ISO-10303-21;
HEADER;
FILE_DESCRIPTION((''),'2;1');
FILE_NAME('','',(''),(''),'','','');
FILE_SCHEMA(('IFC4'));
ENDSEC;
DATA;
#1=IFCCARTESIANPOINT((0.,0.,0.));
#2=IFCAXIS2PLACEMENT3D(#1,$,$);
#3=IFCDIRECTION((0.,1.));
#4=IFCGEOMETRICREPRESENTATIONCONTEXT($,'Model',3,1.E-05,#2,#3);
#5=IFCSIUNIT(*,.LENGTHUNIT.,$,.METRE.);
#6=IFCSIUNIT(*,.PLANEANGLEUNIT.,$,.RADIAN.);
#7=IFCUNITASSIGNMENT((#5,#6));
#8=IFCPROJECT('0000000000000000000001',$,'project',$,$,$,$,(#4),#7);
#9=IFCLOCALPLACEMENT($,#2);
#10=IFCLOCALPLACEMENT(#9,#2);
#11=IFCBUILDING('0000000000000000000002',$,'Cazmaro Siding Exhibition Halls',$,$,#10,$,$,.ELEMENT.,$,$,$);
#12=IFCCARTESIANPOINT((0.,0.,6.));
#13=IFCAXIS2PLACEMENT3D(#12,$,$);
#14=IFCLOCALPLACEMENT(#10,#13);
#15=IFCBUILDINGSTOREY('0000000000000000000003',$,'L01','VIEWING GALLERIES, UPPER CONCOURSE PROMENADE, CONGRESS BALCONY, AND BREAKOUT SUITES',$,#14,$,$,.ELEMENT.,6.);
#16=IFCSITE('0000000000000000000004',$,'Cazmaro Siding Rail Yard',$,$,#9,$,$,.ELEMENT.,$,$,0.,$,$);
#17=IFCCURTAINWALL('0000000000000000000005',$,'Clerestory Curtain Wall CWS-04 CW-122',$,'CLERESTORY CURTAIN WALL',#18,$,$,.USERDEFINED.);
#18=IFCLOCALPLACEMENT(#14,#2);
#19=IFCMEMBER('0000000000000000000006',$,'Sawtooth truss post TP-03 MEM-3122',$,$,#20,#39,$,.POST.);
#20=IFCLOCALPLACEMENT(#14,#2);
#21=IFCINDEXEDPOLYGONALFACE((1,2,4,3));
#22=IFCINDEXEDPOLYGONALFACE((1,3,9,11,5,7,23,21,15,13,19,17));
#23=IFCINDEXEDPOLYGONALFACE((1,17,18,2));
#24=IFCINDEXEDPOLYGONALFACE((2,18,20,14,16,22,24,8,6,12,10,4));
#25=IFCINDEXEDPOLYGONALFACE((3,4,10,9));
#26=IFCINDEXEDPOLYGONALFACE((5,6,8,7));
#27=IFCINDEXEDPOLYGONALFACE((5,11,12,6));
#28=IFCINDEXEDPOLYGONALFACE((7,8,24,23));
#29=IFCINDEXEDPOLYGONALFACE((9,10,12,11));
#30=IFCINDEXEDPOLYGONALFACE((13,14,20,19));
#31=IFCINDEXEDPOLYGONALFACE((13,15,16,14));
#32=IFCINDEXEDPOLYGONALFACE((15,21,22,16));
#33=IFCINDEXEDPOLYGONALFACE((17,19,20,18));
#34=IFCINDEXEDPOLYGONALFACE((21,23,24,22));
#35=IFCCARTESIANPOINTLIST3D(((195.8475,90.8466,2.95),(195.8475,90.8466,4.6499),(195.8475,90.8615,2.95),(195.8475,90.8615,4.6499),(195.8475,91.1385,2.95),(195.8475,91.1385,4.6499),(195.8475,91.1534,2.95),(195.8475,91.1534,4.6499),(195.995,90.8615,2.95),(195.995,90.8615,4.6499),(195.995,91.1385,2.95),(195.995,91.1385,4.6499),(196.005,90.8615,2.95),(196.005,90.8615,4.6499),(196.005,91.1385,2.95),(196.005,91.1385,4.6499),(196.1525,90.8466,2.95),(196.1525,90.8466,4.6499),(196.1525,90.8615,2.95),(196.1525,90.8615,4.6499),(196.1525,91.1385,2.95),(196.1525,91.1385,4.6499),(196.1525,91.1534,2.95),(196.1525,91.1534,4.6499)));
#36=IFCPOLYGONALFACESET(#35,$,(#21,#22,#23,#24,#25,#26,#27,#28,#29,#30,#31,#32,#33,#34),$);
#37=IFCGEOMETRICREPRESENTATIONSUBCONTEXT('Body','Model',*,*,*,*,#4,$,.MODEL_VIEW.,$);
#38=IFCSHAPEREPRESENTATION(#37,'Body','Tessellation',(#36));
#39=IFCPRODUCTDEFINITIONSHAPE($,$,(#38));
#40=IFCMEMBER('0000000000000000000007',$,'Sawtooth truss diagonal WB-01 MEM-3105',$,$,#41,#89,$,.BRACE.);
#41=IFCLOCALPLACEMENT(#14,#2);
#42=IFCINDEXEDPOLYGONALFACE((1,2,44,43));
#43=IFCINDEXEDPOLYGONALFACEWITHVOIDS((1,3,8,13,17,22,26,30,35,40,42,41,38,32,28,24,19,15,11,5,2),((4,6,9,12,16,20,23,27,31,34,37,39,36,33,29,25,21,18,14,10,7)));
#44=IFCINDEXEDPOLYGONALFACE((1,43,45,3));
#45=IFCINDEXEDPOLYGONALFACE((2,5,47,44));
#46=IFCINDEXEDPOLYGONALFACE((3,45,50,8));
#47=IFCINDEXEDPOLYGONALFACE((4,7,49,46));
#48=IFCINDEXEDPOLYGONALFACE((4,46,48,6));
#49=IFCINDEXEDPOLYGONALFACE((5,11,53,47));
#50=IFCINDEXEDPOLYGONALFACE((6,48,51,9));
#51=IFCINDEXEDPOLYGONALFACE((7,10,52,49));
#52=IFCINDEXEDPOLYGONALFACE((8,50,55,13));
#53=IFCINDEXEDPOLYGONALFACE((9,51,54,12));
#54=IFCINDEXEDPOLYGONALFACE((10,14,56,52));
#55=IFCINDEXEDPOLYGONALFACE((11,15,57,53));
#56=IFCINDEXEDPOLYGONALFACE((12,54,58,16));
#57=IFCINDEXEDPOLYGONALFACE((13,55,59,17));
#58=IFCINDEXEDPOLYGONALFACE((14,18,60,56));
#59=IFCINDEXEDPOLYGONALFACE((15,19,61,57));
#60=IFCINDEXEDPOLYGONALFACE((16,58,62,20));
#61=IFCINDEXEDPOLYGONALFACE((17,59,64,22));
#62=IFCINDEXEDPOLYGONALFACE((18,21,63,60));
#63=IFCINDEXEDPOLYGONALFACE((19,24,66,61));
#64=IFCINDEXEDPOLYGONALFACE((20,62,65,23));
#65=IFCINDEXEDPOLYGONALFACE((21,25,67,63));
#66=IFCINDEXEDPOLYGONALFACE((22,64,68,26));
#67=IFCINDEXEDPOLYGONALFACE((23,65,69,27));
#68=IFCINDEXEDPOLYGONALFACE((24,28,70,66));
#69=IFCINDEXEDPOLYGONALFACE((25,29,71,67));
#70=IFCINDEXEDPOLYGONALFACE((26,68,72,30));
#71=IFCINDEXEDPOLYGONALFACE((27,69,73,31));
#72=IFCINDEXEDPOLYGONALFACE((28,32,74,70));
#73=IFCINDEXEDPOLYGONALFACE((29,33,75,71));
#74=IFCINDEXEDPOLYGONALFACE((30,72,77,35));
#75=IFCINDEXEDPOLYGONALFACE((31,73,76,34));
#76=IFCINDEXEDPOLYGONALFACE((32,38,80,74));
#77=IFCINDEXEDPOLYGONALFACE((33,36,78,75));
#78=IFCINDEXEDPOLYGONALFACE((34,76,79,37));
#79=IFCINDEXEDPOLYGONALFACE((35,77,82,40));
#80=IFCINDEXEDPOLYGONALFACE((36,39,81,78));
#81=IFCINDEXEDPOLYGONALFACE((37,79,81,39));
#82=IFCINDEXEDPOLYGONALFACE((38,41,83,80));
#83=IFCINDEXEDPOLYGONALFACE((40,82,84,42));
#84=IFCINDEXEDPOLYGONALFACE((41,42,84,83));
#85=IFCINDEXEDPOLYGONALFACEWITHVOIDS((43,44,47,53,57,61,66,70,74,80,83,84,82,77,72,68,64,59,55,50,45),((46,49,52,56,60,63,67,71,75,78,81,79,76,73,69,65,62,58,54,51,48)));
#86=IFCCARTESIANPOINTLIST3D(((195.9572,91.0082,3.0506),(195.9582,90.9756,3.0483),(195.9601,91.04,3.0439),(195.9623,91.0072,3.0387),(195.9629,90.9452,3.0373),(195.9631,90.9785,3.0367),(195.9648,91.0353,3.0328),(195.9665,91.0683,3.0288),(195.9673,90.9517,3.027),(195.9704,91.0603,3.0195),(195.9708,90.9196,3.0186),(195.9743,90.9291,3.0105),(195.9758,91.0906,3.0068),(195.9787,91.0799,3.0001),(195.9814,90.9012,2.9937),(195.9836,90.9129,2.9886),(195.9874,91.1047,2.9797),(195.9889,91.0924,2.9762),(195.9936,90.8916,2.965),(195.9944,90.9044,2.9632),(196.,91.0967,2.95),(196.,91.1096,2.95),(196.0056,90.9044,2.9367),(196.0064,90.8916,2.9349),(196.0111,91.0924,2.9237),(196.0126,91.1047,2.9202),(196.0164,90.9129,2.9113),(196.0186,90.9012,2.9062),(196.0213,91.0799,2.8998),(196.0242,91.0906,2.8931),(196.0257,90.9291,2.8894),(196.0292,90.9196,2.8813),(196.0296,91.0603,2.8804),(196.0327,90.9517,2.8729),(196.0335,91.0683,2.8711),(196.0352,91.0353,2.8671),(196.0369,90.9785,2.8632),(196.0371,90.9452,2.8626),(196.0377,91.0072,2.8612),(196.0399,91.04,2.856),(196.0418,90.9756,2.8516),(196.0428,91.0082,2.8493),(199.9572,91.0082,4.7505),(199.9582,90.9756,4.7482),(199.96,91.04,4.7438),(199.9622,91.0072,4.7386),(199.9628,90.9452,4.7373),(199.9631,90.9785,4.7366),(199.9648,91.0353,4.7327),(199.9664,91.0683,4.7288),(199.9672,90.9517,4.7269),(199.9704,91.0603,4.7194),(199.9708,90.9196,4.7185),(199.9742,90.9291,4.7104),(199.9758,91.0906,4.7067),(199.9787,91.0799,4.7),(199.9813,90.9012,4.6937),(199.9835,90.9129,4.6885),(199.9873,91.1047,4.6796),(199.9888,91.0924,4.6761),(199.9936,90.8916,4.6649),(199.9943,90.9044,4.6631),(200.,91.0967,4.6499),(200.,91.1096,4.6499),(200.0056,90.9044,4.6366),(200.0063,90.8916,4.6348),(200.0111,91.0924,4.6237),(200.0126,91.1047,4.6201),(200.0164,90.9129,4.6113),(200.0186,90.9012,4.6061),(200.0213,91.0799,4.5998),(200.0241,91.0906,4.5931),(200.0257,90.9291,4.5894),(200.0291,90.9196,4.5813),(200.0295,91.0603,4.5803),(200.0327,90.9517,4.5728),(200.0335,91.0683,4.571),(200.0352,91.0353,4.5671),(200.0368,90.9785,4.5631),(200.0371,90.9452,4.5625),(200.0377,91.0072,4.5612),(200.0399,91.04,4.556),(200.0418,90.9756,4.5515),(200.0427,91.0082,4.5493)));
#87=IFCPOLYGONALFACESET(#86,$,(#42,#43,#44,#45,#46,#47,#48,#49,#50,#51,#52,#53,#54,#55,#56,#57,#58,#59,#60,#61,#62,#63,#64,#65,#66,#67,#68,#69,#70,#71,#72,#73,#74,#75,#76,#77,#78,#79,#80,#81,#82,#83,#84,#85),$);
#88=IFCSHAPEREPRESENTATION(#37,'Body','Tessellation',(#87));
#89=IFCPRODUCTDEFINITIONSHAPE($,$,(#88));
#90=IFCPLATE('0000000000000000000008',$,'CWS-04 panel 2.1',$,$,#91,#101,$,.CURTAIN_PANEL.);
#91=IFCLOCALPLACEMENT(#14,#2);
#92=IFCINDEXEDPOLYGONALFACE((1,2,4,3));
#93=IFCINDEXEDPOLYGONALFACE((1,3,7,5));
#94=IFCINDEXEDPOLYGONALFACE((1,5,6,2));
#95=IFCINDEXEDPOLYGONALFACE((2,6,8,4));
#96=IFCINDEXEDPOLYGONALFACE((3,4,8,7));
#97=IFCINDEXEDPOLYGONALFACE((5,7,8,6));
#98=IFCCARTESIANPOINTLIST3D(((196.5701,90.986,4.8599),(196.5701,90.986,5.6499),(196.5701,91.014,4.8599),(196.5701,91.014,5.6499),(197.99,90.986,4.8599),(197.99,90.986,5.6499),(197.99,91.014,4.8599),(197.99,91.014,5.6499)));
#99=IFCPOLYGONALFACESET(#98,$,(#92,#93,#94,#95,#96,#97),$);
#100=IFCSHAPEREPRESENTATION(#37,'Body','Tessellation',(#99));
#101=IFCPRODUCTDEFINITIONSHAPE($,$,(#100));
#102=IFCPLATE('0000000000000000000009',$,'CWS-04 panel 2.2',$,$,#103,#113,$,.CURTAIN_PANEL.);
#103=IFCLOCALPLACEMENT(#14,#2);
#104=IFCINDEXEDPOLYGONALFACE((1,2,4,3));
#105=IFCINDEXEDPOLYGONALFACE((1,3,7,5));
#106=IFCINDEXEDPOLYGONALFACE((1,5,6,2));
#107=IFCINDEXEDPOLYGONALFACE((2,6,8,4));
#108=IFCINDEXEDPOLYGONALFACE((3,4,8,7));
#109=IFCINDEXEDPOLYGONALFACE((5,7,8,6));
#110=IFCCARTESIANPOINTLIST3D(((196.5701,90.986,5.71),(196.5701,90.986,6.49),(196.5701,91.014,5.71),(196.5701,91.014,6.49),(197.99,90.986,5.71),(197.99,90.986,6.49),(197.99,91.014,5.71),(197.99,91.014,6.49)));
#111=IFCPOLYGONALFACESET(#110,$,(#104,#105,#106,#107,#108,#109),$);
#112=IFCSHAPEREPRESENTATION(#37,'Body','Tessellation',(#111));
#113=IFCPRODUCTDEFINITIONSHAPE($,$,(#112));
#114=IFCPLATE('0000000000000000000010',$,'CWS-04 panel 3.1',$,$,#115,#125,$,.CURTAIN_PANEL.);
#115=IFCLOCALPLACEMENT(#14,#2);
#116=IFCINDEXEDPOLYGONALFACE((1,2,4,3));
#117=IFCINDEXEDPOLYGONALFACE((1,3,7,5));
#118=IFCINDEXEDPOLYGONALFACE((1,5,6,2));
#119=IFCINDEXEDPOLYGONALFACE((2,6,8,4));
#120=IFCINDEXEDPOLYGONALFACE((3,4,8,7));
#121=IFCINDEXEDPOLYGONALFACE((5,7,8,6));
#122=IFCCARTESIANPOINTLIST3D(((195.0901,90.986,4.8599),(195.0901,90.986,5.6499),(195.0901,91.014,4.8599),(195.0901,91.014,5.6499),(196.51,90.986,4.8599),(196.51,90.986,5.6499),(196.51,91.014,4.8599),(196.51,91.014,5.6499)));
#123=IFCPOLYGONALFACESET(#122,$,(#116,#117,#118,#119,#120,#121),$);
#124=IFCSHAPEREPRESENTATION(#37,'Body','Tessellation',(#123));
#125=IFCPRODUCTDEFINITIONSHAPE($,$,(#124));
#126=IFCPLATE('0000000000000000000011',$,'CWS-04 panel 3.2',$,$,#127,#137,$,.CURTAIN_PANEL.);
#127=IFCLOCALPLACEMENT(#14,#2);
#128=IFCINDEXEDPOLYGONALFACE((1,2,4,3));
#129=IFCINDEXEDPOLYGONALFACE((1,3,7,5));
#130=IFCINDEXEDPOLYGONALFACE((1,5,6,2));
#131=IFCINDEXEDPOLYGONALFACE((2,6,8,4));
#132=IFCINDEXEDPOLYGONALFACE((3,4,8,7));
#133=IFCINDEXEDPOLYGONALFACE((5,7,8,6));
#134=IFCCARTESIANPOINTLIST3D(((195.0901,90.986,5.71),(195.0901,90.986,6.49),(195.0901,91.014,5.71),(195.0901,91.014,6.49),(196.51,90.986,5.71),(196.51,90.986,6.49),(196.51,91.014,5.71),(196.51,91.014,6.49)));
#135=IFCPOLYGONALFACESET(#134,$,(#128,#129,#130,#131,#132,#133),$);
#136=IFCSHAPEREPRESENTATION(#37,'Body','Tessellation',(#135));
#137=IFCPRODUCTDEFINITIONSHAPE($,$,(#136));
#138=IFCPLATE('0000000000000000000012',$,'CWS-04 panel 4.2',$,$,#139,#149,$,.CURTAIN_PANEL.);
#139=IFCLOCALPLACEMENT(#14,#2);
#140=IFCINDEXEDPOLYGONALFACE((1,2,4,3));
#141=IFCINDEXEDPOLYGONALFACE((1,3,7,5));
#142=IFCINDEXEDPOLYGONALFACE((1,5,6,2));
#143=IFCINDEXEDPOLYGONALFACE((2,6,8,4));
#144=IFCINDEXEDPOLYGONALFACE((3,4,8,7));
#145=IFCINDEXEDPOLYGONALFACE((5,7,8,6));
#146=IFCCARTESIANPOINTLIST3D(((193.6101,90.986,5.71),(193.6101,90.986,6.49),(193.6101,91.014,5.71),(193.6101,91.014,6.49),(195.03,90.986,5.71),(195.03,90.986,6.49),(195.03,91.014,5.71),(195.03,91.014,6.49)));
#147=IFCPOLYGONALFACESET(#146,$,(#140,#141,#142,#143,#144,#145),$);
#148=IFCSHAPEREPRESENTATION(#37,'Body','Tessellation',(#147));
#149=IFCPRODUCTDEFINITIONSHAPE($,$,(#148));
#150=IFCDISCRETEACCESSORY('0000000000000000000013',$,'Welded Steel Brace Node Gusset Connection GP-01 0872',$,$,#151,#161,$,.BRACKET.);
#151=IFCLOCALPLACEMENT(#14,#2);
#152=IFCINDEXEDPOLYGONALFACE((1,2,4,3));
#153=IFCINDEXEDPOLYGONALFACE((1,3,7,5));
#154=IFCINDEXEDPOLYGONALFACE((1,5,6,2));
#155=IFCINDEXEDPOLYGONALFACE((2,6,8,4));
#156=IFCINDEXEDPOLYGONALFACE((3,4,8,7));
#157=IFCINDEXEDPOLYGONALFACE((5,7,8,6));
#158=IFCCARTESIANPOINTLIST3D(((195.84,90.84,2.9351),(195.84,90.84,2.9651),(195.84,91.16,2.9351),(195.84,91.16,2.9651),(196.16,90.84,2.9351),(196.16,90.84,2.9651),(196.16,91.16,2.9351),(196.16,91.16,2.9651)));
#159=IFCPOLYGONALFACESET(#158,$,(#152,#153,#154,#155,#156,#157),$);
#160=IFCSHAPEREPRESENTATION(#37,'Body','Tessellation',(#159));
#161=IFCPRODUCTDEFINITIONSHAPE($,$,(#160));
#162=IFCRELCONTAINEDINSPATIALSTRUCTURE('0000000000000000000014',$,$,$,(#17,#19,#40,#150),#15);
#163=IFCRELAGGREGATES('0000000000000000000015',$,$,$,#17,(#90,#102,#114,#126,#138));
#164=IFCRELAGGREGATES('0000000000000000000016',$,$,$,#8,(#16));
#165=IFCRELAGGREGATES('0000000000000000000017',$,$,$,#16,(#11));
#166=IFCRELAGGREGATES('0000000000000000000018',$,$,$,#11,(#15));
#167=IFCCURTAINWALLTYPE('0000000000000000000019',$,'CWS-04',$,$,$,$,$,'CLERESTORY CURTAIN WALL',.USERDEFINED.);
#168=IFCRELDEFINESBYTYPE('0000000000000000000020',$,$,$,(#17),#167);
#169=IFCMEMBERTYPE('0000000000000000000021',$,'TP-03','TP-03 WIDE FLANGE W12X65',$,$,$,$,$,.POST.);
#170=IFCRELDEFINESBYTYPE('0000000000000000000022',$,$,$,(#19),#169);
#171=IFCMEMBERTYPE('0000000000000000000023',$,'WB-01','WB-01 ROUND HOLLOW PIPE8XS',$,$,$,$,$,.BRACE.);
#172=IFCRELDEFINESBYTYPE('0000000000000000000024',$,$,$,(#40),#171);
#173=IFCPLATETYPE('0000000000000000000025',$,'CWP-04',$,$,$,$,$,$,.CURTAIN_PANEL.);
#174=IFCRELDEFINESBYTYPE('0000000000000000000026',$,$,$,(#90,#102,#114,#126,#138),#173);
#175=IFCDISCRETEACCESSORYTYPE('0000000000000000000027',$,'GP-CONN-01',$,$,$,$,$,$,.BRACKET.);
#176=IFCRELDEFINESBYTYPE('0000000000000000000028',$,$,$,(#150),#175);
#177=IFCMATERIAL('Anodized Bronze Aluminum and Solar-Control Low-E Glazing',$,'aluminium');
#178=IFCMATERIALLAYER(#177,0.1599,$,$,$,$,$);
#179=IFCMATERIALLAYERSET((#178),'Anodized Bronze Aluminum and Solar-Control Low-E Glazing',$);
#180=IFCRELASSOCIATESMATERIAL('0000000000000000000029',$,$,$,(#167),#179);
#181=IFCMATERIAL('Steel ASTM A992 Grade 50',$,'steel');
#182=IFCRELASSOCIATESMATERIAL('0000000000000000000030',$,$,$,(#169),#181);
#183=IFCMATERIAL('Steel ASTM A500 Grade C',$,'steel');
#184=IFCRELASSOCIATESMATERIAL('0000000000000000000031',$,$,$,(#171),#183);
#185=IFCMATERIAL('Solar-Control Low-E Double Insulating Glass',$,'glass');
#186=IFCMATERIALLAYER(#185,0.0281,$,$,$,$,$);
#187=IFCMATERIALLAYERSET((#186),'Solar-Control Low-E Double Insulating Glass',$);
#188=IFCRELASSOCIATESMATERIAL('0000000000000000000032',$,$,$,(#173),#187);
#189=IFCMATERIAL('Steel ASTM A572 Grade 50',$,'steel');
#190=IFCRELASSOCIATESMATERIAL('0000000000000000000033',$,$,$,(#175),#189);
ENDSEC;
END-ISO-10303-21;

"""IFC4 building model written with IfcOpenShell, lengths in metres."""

from ifc_helpers import new_model, si_unit, direction, frame, origin, origin_2d, place, context, subcontext, project, spatial, rectangle, hollow_circle, i_section, extrude, material, layer, layer_set, material_profile, profile_set, type_object, element, aggregate, save


model = new_model("IFC4")

# Units and contexts
model_context = context("Model", 3, precision=1e-05, world=origin(), true_north=direction((0.0, 1.0)))
body_context = subcontext(model_context, "Body", "Model", "MODEL_VIEW")
ifc_project = project(units=[si_unit("LENGTHUNIT", "METRE"), si_unit("PLANEANGLEUNIT", "RADIAN")], contexts=[model_context])

# Site, building, storey
site_placement = place(None, origin())
site = spatial("IfcSite", under=ifc_project, at=site_placement, Name="Cazmaro Siding Rail Yard", CompositionType="ELEMENT", RefElevation=0.0)
building_placement = place(site_placement, origin())
building = spatial("IfcBuilding", under=site, at=building_placement, Name="Cazmaro Siding Exhibition Halls", CompositionType="ELEMENT")
storey_placement = place(building_placement, frame((0.0, 0.0, 6.0)))
storey = spatial("IfcBuildingStorey", under=building, at=storey_placement, Name="L01", Description="VIEWING GALLERIES, UPPER CONCOURSE PROMENADE, CONGRESS BALCONY, AND BREAKOUT SUITES", CompositionType="ELEMENT", Elevation=6.0)

# Curtain wall
ifc_material_1 = material(Name="Anodized Bronze Aluminum and Solar-Control Low-E Glazing", Category="aluminium")
ifc_layer_1 = layer(ifc_material_1, 0.1599)
ifc_layer_set_1 = layer_set([ifc_layer_1], Name="Anodized Bronze Aluminum and Solar-Control Low-E Glazing")
curtain_wall_type = type_object("IfcCurtainWallType", Name="CWS-04", ElementType="CLERESTORY CURTAIN WALL", PredefinedType="USERDEFINED", material=ifc_layer_set_1)
curtain_wall_placement = place(storey_placement, origin())
curtain_wall = element("IfcCurtainWall", 1, at=curtain_wall_placement, inside=storey, type_object=curtain_wall_type, Name="Clerestory Curtain Wall CWS-04 CW-122", ObjectType="CLERESTORY CURTAIN WALL", PredefinedType="USERDEFINED")

# Members
ifc_material_2 = material(Name="Steel ASTM A992 Grade 50", Category="steel")
ifc_material_profile_1 = material_profile(ifc_material_2, i_section(OverallWidth=0.3049, OverallDepth=0.3069, WebThickness=0.01, FlangeThickness=0.0149, at=origin_2d()), Name="W12X65")
ifc_profile_set_1 = profile_set([ifc_material_profile_1], Name="Steel ASTM A992 Grade 50")
member_type_1 = type_object("IfcMemberType", Name="TP-03", Description="TP-03 WIDE FLANGE W12X65", PredefinedType="POST", material=ifc_profile_set_1)
member_1_placement = place(storey_placement, frame((196.0, 91.0, 2.95), z_axis=(0.0, 0.0, 1.0), x_axis=(1.0, 0.0, 0.0)))
element("IfcMember", 2, at=member_1_placement, inside=storey, type_object=member_type_1, Name="Sawtooth truss post TP-03 MEM-3122", PredefinedType="POST", context=body_context, shape_type="SweptSolid", body=[
    extrude(i_section(OverallWidth=0.3049, OverallDepth=0.3069, WebThickness=0.01, FlangeThickness=0.0149, at=origin_2d()), origin(), (0.0, 0.0, 1.0), 1.7),
])
ifc_material_3 = material(Name="Steel ASTM A500 Grade C", Category="steel")
ifc_material_profile_2 = material_profile(ifc_material_3, hollow_circle(Radius=0.1096, WallThickness=0.0129, at=origin_2d()), Name="PIPE8XS")
ifc_profile_set_2 = profile_set([ifc_material_profile_2], Name="Steel ASTM A500 Grade C")
member_type_2 = type_object("IfcMemberType", Name="WB-01", Description="WB-01 ROUND HOLLOW PIPE8XS", PredefinedType="BRACE", material=ifc_profile_set_2)
member_2_placement = place(storey_placement, frame((196.0, 91.0, 2.95), z_axis=(0.920335, 0.0, 0.391131), x_axis=(0.0, 1.0, 0.0)))
element("IfcMember", 3, at=member_2_placement, inside=storey, type_object=member_type_2, Name="Sawtooth truss diagonal WB-01 MEM-3105", PredefinedType="BRACE", context=body_context, shape_type="SweptSolid", body=[
    extrude(hollow_circle(Radius=0.1096, WallThickness=0.0129, at=origin_2d()), origin(), (0.0, 0.0, 1.0), 4.3462),
])

# Plates
ifc_material_4 = material(Name="Solar-Control Low-E Double Insulating Glass", Category="glass")
ifc_layer_2 = layer(ifc_material_4, 0.0281)
ifc_layer_set_2 = layer_set([ifc_layer_2], Name="Solar-Control Low-E Double Insulating Glass")
plate_type = type_object("IfcPlateType", Name="CWP-04", PredefinedType="CURTAIN_PANEL", material=ifc_layer_set_2)
plate_1_placement = place(storey_placement, frame((197.28, 91.0, 4.8599), z_axis=(0.0, 0.0, 1.0), x_axis=(-1.0, 0.0, 0.0)))
plate_1 = element("IfcPlate", 4, at=plate_1_placement, type_object=plate_type, Name="CWS-04 panel 2.1", PredefinedType="CURTAIN_PANEL", context=body_context, shape_type="SweptSolid", body=[
    extrude(rectangle(XDim=1.4199, YDim=0.0281, at=origin_2d()), origin(), (0.0, 0.0, 1.0), 0.79),
])
plate_2_placement = place(storey_placement, frame((197.28, 91.0, 5.71), z_axis=(0.0, 0.0, 1.0), x_axis=(-1.0, 0.0, 0.0)))
plate_2 = element("IfcPlate", 5, at=plate_2_placement, type_object=plate_type, Name="CWS-04 panel 2.2", PredefinedType="CURTAIN_PANEL", context=body_context, shape_type="SweptSolid", body=[
    extrude(rectangle(XDim=1.4199, YDim=0.0281, at=origin_2d()), origin(), (0.0, 0.0, 1.0), 0.78),
])
plate_3_placement = place(storey_placement, frame((195.8, 91.0, 4.8599), z_axis=(0.0, 0.0, 1.0), x_axis=(-1.0, 0.0, 0.0)))
plate_3 = element("IfcPlate", 6, at=plate_3_placement, type_object=plate_type, Name="CWS-04 panel 3.1", PredefinedType="CURTAIN_PANEL", context=body_context, shape_type="SweptSolid", body=[
    extrude(rectangle(XDim=1.4199, YDim=0.0281, at=origin_2d()), origin(), (0.0, 0.0, 1.0), 0.79),
])
plate_4_placement = place(storey_placement, frame((195.8, 91.0, 5.71), z_axis=(0.0, 0.0, 1.0), x_axis=(-1.0, 0.0, 0.0)))
plate_4 = element("IfcPlate", 7, at=plate_4_placement, type_object=plate_type, Name="CWS-04 panel 3.2", PredefinedType="CURTAIN_PANEL", context=body_context, shape_type="SweptSolid", body=[
    extrude(rectangle(XDim=1.4199, YDim=0.0281, at=origin_2d()), origin(), (0.0, 0.0, 1.0), 0.78),
])
plate_5_placement = place(storey_placement, frame((194.3201, 91.0, 5.71), z_axis=(0.0, 0.0, 1.0), x_axis=(-1.0, 0.0, 0.0)))
plate_5 = element("IfcPlate", 8, at=plate_5_placement, type_object=plate_type, Name="CWS-04 panel 4.2", PredefinedType="CURTAIN_PANEL", context=body_context, shape_type="SweptSolid", body=[
    extrude(rectangle(XDim=1.4199, YDim=0.0281, at=origin_2d()), origin(), (0.0, 0.0, 1.0), 0.78),
])
aggregate(curtain_wall, [plate_1, plate_2, plate_3, plate_4, plate_5])

# Discrete accessory
ifc_material_5 = material(Name="Steel ASTM A572 Grade 50", Category="steel")
discrete_accessory_type = type_object("IfcDiscreteAccessoryType", Name="GP-CONN-01", PredefinedType="BRACKET", material=ifc_material_5)
discrete_accessory_placement = place(storey_placement, frame((196.0, 91.0, 2.9351), z_axis=(0.0, 0.0, 1.0), x_axis=(1.0, 0.0, 0.0)))
element("IfcDiscreteAccessory", 9, at=discrete_accessory_placement, inside=storey, type_object=discrete_accessory_type, Name="Welded Steel Brace Node Gusset Connection GP-01 0872", PredefinedType="BRACKET", context=body_context, shape_type="SweptSolid", body=[
    extrude(rectangle(XDim=0.3201, YDim=0.3201, at=origin_2d()), origin(), (0.0, 0.0, 1.0), 0.03),
])

save(model, "model.ifc")
